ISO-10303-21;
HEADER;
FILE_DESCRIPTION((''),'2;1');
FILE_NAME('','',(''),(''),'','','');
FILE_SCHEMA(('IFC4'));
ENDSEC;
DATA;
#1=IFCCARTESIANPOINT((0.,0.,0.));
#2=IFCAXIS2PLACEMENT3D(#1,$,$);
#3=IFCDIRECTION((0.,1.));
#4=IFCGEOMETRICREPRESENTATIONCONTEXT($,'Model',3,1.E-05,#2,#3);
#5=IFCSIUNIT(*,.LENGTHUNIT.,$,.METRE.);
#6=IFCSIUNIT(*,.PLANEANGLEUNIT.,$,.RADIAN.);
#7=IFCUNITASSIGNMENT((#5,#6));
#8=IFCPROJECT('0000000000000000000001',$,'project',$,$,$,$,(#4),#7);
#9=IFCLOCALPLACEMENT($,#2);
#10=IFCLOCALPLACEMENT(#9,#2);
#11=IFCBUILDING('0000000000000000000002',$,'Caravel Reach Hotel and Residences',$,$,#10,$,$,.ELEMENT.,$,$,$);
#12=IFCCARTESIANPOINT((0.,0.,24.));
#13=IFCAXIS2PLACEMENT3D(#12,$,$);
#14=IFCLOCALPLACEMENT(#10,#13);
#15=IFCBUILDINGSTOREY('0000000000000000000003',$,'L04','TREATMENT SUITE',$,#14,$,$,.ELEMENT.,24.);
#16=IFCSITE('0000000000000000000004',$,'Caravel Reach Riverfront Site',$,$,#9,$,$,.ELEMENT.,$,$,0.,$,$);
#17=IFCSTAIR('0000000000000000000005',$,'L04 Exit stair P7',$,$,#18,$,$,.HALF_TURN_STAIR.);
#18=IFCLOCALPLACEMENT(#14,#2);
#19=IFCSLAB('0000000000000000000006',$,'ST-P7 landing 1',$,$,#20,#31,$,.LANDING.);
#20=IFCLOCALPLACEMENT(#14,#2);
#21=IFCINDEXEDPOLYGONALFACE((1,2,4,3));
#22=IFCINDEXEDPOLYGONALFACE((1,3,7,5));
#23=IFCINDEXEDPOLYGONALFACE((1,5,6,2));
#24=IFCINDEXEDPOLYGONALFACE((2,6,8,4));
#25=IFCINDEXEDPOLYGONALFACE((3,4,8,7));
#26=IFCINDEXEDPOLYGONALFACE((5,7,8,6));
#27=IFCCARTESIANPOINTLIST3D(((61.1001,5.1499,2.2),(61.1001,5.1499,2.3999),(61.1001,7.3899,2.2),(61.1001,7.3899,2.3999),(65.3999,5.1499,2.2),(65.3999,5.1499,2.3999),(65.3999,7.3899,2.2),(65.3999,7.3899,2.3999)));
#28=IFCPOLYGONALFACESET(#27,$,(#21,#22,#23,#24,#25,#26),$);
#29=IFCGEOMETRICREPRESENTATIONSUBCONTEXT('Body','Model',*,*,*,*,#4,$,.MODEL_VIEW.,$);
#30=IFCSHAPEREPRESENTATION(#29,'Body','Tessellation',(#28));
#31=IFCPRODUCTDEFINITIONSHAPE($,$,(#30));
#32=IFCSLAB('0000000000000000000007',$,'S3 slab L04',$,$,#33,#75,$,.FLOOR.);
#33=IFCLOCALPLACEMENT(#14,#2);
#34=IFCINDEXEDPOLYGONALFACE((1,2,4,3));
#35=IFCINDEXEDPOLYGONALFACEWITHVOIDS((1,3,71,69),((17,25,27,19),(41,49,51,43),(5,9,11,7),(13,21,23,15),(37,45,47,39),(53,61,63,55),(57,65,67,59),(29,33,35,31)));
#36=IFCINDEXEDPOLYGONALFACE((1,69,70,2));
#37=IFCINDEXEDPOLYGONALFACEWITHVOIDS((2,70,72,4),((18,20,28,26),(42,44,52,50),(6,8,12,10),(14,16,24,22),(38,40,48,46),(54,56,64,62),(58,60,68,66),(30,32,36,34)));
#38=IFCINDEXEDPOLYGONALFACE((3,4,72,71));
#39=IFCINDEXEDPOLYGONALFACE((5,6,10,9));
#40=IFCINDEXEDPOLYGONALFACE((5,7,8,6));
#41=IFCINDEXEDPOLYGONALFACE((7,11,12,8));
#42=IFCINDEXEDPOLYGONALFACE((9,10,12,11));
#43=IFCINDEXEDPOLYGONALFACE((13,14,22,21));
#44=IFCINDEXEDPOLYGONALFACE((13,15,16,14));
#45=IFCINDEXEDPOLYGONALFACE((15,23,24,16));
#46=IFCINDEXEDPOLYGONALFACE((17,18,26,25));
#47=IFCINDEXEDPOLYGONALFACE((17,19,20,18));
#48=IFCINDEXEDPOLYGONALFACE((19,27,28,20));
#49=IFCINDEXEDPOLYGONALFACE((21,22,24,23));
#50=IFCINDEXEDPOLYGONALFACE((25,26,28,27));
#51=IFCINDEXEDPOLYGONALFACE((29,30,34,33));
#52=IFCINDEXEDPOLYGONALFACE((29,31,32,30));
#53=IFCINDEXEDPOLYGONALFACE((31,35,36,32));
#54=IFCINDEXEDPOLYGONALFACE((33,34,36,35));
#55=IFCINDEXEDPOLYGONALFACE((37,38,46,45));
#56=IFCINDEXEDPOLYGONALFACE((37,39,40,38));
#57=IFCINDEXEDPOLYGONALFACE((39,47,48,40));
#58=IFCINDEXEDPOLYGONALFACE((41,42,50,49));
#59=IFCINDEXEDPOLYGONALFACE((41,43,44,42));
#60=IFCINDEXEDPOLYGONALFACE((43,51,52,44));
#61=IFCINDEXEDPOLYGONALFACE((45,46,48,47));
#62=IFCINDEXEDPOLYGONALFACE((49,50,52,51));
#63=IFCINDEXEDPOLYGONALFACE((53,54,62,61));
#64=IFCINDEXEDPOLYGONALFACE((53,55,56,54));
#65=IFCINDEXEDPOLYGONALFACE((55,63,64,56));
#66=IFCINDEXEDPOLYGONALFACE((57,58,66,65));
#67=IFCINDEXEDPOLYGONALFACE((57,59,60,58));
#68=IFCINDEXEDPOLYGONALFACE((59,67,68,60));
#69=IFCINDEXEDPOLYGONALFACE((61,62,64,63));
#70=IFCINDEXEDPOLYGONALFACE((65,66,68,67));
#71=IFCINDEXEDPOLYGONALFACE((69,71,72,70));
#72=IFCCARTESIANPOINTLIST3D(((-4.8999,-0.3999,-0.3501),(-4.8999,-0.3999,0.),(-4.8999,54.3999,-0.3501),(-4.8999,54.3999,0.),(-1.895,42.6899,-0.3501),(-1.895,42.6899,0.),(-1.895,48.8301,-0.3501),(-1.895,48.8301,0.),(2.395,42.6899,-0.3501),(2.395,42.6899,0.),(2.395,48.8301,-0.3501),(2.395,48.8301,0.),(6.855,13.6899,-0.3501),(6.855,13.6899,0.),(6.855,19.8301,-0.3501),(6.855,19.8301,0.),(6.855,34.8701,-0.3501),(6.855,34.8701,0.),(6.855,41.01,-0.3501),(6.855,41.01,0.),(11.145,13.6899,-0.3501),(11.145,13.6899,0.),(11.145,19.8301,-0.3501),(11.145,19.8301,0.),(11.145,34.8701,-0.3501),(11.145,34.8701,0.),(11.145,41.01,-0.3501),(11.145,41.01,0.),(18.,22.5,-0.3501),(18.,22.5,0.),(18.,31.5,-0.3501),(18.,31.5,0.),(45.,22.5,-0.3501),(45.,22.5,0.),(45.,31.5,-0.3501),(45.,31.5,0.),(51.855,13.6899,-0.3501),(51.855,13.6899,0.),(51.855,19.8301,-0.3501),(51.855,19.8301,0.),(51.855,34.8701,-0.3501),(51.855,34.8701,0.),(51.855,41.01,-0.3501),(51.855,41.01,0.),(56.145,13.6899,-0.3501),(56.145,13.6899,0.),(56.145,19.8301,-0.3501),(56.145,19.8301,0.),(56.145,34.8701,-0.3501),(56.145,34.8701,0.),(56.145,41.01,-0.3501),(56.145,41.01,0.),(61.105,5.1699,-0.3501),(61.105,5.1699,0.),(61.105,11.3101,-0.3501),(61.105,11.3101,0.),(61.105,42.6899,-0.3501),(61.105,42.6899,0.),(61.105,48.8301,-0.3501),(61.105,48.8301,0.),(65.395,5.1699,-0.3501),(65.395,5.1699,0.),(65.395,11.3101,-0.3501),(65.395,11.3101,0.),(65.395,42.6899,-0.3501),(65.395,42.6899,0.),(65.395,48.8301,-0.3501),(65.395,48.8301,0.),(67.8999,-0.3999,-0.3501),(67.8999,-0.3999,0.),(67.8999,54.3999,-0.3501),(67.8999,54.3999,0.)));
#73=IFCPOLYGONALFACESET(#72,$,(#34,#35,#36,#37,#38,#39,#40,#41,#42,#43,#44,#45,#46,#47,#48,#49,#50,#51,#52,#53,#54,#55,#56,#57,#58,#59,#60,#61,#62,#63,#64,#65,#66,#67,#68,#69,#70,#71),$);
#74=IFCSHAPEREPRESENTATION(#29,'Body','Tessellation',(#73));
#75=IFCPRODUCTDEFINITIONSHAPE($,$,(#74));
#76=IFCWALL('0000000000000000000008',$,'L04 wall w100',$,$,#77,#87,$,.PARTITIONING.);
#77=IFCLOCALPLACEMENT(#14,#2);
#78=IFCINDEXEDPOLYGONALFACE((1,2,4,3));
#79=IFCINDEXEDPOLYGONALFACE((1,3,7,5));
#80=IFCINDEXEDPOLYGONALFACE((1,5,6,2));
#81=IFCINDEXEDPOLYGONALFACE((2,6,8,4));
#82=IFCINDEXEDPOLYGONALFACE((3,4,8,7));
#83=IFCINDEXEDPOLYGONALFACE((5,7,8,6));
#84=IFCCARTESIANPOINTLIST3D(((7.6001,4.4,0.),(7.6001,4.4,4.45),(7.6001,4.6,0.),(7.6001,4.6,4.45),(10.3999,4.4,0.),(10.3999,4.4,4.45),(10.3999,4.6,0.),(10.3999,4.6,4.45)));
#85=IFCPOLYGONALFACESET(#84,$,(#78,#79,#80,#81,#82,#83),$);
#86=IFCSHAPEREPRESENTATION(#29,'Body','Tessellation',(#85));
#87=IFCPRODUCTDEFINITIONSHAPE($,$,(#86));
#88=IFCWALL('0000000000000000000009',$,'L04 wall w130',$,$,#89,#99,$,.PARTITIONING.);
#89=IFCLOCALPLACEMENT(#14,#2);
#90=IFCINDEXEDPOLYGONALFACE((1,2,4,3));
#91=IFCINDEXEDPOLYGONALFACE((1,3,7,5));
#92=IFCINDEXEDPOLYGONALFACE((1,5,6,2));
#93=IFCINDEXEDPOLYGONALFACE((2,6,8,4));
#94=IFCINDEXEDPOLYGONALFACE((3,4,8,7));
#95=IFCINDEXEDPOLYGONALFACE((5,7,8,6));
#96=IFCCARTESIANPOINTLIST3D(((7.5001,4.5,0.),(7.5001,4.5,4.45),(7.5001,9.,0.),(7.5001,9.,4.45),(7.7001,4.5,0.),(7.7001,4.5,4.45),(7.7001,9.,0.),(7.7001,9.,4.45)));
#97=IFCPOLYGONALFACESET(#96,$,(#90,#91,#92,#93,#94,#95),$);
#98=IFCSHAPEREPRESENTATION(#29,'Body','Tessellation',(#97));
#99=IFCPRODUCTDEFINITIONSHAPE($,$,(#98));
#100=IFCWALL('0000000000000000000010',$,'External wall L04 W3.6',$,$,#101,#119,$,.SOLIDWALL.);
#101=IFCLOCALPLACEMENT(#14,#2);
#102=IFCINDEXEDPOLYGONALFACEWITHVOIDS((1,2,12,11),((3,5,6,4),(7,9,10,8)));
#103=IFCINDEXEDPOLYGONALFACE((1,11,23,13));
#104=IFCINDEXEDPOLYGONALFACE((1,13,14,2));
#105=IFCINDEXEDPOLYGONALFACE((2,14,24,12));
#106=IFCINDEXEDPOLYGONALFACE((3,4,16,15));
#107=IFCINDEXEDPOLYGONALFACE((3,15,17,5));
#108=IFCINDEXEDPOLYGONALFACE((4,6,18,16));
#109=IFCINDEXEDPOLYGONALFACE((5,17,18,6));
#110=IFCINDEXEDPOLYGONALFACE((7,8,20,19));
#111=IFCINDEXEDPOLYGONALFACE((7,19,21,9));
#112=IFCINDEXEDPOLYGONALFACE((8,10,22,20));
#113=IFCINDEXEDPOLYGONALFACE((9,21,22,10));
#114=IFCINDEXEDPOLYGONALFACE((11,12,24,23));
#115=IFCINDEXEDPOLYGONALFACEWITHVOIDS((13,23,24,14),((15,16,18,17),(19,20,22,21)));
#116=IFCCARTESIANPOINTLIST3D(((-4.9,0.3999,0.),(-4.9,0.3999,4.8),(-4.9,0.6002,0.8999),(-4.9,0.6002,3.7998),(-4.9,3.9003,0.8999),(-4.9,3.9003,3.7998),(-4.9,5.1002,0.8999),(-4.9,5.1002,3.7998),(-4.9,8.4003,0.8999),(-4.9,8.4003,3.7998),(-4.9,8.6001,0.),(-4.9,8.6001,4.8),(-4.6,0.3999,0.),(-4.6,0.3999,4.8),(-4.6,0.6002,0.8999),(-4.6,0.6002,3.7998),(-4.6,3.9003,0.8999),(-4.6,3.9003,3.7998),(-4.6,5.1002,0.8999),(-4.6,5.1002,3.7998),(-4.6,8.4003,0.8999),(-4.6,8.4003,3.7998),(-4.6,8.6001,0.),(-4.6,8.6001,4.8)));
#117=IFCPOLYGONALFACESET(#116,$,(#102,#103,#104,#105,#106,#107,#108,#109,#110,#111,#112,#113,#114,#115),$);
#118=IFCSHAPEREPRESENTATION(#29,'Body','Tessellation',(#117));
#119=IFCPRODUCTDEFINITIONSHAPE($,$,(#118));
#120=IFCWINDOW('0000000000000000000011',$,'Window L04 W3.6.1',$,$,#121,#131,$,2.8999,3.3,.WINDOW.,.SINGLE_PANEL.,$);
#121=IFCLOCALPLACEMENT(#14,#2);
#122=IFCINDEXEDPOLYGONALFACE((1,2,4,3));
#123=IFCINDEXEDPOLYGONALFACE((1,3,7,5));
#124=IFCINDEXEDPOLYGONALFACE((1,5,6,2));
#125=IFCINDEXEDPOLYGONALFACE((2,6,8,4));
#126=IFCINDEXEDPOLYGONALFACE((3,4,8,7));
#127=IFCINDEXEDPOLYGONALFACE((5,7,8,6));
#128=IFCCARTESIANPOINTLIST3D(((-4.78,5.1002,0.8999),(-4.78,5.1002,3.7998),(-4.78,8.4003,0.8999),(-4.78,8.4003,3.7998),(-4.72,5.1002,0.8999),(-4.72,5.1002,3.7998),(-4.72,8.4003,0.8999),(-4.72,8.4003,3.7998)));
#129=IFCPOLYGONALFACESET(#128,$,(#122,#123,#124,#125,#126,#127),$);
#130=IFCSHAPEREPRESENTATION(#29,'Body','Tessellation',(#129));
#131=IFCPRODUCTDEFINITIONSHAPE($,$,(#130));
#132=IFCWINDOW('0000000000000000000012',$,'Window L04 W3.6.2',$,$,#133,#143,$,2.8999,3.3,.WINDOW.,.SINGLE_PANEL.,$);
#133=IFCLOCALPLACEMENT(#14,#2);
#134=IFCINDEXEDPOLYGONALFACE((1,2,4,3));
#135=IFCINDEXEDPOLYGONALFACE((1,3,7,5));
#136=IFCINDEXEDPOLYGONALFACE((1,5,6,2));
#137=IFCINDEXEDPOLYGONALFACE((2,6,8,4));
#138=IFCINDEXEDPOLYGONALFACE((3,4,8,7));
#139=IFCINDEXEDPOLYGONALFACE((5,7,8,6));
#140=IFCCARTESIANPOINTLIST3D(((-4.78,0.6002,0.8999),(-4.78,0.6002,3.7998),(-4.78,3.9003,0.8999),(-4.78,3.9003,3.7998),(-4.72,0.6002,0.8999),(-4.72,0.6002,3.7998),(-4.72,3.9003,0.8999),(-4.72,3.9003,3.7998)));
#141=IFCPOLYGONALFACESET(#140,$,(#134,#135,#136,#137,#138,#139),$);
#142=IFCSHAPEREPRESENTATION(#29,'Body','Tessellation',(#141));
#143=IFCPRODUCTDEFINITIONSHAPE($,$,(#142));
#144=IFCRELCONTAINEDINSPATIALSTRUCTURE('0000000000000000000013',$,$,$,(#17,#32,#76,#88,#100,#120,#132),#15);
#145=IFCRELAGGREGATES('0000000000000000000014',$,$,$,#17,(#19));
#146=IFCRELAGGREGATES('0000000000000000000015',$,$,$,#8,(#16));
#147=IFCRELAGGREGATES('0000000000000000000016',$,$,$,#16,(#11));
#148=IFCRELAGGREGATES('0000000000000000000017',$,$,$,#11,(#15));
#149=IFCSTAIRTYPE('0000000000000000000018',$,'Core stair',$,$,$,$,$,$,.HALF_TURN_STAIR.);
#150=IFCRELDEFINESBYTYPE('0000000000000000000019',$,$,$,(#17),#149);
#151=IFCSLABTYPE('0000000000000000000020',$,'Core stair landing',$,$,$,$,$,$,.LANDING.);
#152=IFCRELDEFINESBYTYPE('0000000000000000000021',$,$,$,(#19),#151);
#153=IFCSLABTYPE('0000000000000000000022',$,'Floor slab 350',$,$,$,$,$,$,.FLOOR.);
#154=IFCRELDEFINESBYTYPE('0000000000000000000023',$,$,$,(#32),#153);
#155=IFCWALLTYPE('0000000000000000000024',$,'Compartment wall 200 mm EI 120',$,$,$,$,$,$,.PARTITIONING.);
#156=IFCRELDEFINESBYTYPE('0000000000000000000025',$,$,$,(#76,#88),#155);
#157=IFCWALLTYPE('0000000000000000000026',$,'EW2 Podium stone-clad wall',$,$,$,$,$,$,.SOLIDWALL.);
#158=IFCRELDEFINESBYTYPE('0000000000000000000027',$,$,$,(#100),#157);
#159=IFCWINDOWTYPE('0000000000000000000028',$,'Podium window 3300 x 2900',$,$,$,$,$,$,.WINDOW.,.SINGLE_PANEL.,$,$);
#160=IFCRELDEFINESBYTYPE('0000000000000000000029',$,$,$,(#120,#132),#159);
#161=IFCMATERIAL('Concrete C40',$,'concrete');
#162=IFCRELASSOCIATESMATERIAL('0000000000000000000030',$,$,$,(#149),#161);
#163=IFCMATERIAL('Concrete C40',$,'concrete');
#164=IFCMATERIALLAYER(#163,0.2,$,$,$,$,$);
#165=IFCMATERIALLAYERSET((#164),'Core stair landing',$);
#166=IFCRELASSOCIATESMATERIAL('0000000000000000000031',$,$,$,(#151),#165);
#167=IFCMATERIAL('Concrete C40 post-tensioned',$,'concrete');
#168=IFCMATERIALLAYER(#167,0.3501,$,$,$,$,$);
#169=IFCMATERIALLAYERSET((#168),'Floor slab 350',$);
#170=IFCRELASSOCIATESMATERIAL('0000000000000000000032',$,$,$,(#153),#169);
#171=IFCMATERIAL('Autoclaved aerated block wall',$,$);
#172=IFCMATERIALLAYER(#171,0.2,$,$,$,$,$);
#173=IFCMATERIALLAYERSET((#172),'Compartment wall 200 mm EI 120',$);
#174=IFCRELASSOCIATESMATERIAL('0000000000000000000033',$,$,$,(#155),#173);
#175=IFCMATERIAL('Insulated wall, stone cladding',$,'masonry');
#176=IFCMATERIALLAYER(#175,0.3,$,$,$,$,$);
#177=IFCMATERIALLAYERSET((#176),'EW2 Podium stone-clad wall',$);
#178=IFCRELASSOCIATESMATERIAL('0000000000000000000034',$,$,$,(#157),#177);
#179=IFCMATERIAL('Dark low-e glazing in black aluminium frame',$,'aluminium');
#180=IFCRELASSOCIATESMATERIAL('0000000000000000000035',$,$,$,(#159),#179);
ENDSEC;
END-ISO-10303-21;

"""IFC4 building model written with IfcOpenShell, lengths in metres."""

from ifc_helpers import new_model, si_unit, direction, frame, frame_2d, origin, place, context, subcontext, project, spatial, polyline, rectangle, outline, extrude, material, layer, layer_set, type_object, element, fill, aggregate, save


model = new_model("IFC4")

# Units and contexts
model_context = context("Model", 3, precision=1e-05, world=origin(), true_north=direction((0.0, 1.0)))
body_context = subcontext(model_context, "Body", "Model", "MODEL_VIEW")
ifc_project = project(units=[si_unit("LENGTHUNIT", "METRE"), si_unit("PLANEANGLEUNIT", "RADIAN")], contexts=[model_context])

# Site, building, storey
site_placement = place(None, origin())
site = spatial("IfcSite", under=ifc_project, at=site_placement, Name="Caravel Reach Riverfront Site", CompositionType="ELEMENT", RefElevation=0.0)
building_placement = place(site_placement, origin())
building = spatial("IfcBuilding", under=site, at=building_placement, Name="Caravel Reach Hotel and Residences", CompositionType="ELEMENT")
storey_placement = place(building_placement, frame((0.0, 0.0, 24.0)))
storey = spatial("IfcBuildingStorey", under=building, at=storey_placement, Name="L04", Description="TREATMENT SUITE", CompositionType="ELEMENT", Elevation=24.0)

# Stair, slab
ifc_material_1 = material(Name="Concrete C40", Category="concrete")
stair_type = type_object("IfcStairType", Name="Core stair", PredefinedType="HALF_TURN_STAIR", material=ifc_material_1)
ifc_material_2 = material(Name="Concrete C40", Category="concrete")
ifc_layer_1 = layer(ifc_material_2, 0.2)
ifc_layer_set_1 = layer_set([ifc_layer_1], Name="Core stair landing")
slab_type_1 = type_object("IfcSlabType", Name="Core stair landing", PredefinedType="LANDING", material=ifc_layer_set_1)
stair_1_placement = place(storey_placement, origin())
stair_1 = element("IfcStair", 1, at=stair_1_placement, inside=storey, type_object=stair_type, Name="L04 Exit stair P7", PredefinedType="HALF_TURN_STAIR")
slab_1_placement = place(storey_placement, frame((0.0, 0.0, 2.2)))
slab_1 = element("IfcSlab", 2, at=slab_1_placement, type_object=slab_type_1, Name="ST-P7 landing 1", PredefinedType="LANDING", context=body_context, shape_type="SweptSolid", body=[
    extrude(outline(polyline([(61.1001, 7.3899), (61.1001, 5.1499), (65.3999, 5.1499), (65.3999, 7.3899), (61.1001, 7.3899)])), origin(), (0.0, 0.0, 1.0), 0.2),
])
aggregate(stair_1, [slab_1])

# Slab
ifc_material_3 = material(Name="Concrete C40 post-tensioned", Category="concrete")
ifc_layer_2 = layer(ifc_material_3, 0.3501)
ifc_layer_set_2 = layer_set([ifc_layer_2], Name="Floor slab 350")
slab_type_2 = type_object("IfcSlabType", Name="Floor slab 350", PredefinedType="FLOOR", material=ifc_layer_set_2)
slab_2_placement = place(storey_placement, frame((0.0, 0.0, -0.3501)))
element("IfcSlab", 3, at=slab_2_placement, inside=storey, type_object=slab_type_2, Name="S3 slab L04", PredefinedType="FLOOR", context=body_context, shape_type="SweptSolid", body=[
    extrude(outline(polyline([(-4.8999, -0.3999), (-4.8999, 54.3999), (67.8999, 54.3999), (67.8999, -0.3999), (-4.8999, -0.3999)]), holes=[polyline([(45.0, 22.5), (45.0, 31.5), (18.0, 31.5), (18.0, 22.5), (45.0, 22.5)]), polyline([(11.145, 41.01), (6.855, 41.01), (6.855, 34.8701), (11.145, 34.8701), (11.145, 41.01)]), polyline([(56.145, 34.8701), (56.145, 41.01), (51.855, 41.01), (51.855, 34.8701), (56.145, 34.8701)]), polyline([(11.145, 19.8301), (6.855, 19.8301), (6.855, 13.6899), (11.145, 13.6899), (11.145, 19.8301)]), polyline([(56.145, 13.6899), (56.145, 19.8301), (51.855, 19.8301), (51.855, 13.6899), (56.145, 13.6899)]), polyline([(-1.895, 42.6899), (2.395, 42.6899), (2.395, 48.8301), (-1.895, 48.8301), (-1.895, 42.6899)]), polyline([(61.105, 48.8301), (61.105, 42.6899), (65.395, 42.6899), (65.395, 48.8301), (61.105, 48.8301)]), polyline([(61.105, 5.1699), (65.395, 5.1699), (65.395, 11.3101), (61.105, 11.3101), (61.105, 5.1699)])]), origin(), (0.0, 0.0, 1.0), 0.3501),
])

# Walls
ifc_material_4 = material(Name="Autoclaved aerated block wall")
ifc_layer_3 = layer(ifc_material_4, 0.2)
ifc_layer_set_3 = layer_set([ifc_layer_3], Name="Compartment wall 200 mm EI 120")
wall_type_1 = type_object("IfcWallType", Name="Compartment wall 200 mm EI 120", PredefinedType="PARTITIONING", material=ifc_layer_set_3)
wall_1_placement = place(storey_placement, frame((7.6001, 4.5, 0.0), z_axis=(0.0, 0.0, 1.0), x_axis=(1.0, 0.0, 0.0)))
element("IfcWall", 4, at=wall_1_placement, inside=storey, type_object=wall_type_1, Name="L04 wall w100", PredefinedType="PARTITIONING", context=body_context, shape_type="SweptSolid", body=[
    extrude(rectangle(XDim=2.7998, YDim=0.2, at=frame_2d((1.3999, 0.0))), origin(), (0.0, 0.0, 1.0), 4.45),
])
wall_2_placement = place(storey_placement, frame((7.6001, 4.5, 0.0), z_axis=(0.0, 0.0, 1.0), x_axis=(0.0, 1.0, 0.0)))
element("IfcWall", 5, at=wall_2_placement, inside=storey, type_object=wall_type_1, Name="L04 wall w130", PredefinedType="PARTITIONING", context=body_context, shape_type="SweptSolid", body=[
    extrude(rectangle(XDim=4.5, YDim=0.2, at=frame_2d((2.25, 0.0))), origin(), (0.0, 0.0, 1.0), 4.45),
])

# Wall, openings, windows
ifc_material_5 = material(Name="Insulated wall, stone cladding", Category="masonry")
ifc_layer_4 = layer(ifc_material_5, 0.3)
ifc_layer_set_4 = layer_set([ifc_layer_4], Name="EW2 Podium stone-clad wall")
wall_type_2 = type_object("IfcWallType", Name="EW2 Podium stone-clad wall", PredefinedType="SOLIDWALL", material=ifc_layer_set_4)
wall_3_placement = place(storey_placement, frame((-4.75, 8.6001, 0.0), z_axis=(0.0, 0.0, 1.0), x_axis=(0.0, -1.0, 0.0)))
wall_3 = element("IfcWall", 6, at=wall_3_placement, inside=storey, type_object=wall_type_2, Name="External wall L04 W3.6", PredefinedType="SOLIDWALL", context=body_context, shape_type="SweptSolid", body=[
    extrude(rectangle(XDim=8.2002, YDim=0.3, at=frame_2d((4.1001, 0.0))), origin(), (0.0, 0.0, 1.0), 4.8),
])
opening_1_placement = place(wall_3_placement, frame((0.2, 0.0, 0.8999)))
opening_1 = element("IfcOpeningElement", 7, at=opening_1_placement, cuts=wall_3, PredefinedType="OPENING", context=body_context, shape_type="SweptSolid", body=[
    extrude(rectangle(XDim=3.3, YDim=2.8999, at=frame_2d((1.6499, 1.45))), frame((0.0, 0.1599, 0.0), z_axis=(0.0, -1.0, 0.0), x_axis=(1.0, 0.0, 0.0)), (0.0, 0.0, 1.0), 0.3201),
])
opening_2_placement = place(wall_3_placement, frame((4.7, 0.0, 0.8999)))
opening_2 = element("IfcOpeningElement", 8, at=opening_2_placement, cuts=wall_3, PredefinedType="OPENING", context=body_context, shape_type="SweptSolid", body=[
    extrude(rectangle(XDim=3.3, YDim=2.8999, at=frame_2d((1.6499, 1.45))), frame((0.0, 0.1599, 0.0), z_axis=(0.0, -1.0, 0.0), x_axis=(1.0, 0.0, 0.0)), (0.0, 0.0, 1.0), 0.3201),
])
ifc_material_6 = material(Name="Dark low-e glazing in black aluminium frame", Category="aluminium")
window_type = type_object("IfcWindowType", Name="Podium window 3300 x 2900", PartitioningType="SINGLE_PANEL", PredefinedType="WINDOW", material=ifc_material_6)
window_1_placement = place(opening_1_placement, origin())
window_1 = element("IfcWindow", 9, at=window_1_placement, inside=storey, type_object=window_type, Name="Window L04 W3.6.1", OverallHeight=2.8999, OverallWidth=3.3, PartitioningType="SINGLE_PANEL", PredefinedType="WINDOW", context=body_context, shape_type="SweptSolid", body=[
    extrude(rectangle(XDim=3.3, YDim=2.8999, at=frame_2d((1.6499, 1.45))), frame((0.0, 0.03, 0.0), z_axis=(0.0, -1.0, 0.0), x_axis=(1.0, 0.0, 0.0)), (0.0, 0.0, 1.0), 0.0601),
])
fill(opening_1, window_1)
window_2_placement = place(opening_2_placement, origin())
window_2 = element("IfcWindow", 10, at=window_2_placement, inside=storey, type_object=window_type, Name="Window L04 W3.6.2", OverallHeight=2.8999, OverallWidth=3.3, PartitioningType="SINGLE_PANEL", PredefinedType="WINDOW", context=body_context, shape_type="SweptSolid", body=[
    extrude(rectangle(XDim=3.3, YDim=2.8999, at=frame_2d((1.6499, 1.45))), frame((0.0, 0.03, 0.0), z_axis=(0.0, -1.0, 0.0), x_axis=(1.0, 0.0, 0.0)), (0.0, 0.0, 1.0), 0.0601),
])
fill(opening_2, window_2)

save(model, "model.ifc")
